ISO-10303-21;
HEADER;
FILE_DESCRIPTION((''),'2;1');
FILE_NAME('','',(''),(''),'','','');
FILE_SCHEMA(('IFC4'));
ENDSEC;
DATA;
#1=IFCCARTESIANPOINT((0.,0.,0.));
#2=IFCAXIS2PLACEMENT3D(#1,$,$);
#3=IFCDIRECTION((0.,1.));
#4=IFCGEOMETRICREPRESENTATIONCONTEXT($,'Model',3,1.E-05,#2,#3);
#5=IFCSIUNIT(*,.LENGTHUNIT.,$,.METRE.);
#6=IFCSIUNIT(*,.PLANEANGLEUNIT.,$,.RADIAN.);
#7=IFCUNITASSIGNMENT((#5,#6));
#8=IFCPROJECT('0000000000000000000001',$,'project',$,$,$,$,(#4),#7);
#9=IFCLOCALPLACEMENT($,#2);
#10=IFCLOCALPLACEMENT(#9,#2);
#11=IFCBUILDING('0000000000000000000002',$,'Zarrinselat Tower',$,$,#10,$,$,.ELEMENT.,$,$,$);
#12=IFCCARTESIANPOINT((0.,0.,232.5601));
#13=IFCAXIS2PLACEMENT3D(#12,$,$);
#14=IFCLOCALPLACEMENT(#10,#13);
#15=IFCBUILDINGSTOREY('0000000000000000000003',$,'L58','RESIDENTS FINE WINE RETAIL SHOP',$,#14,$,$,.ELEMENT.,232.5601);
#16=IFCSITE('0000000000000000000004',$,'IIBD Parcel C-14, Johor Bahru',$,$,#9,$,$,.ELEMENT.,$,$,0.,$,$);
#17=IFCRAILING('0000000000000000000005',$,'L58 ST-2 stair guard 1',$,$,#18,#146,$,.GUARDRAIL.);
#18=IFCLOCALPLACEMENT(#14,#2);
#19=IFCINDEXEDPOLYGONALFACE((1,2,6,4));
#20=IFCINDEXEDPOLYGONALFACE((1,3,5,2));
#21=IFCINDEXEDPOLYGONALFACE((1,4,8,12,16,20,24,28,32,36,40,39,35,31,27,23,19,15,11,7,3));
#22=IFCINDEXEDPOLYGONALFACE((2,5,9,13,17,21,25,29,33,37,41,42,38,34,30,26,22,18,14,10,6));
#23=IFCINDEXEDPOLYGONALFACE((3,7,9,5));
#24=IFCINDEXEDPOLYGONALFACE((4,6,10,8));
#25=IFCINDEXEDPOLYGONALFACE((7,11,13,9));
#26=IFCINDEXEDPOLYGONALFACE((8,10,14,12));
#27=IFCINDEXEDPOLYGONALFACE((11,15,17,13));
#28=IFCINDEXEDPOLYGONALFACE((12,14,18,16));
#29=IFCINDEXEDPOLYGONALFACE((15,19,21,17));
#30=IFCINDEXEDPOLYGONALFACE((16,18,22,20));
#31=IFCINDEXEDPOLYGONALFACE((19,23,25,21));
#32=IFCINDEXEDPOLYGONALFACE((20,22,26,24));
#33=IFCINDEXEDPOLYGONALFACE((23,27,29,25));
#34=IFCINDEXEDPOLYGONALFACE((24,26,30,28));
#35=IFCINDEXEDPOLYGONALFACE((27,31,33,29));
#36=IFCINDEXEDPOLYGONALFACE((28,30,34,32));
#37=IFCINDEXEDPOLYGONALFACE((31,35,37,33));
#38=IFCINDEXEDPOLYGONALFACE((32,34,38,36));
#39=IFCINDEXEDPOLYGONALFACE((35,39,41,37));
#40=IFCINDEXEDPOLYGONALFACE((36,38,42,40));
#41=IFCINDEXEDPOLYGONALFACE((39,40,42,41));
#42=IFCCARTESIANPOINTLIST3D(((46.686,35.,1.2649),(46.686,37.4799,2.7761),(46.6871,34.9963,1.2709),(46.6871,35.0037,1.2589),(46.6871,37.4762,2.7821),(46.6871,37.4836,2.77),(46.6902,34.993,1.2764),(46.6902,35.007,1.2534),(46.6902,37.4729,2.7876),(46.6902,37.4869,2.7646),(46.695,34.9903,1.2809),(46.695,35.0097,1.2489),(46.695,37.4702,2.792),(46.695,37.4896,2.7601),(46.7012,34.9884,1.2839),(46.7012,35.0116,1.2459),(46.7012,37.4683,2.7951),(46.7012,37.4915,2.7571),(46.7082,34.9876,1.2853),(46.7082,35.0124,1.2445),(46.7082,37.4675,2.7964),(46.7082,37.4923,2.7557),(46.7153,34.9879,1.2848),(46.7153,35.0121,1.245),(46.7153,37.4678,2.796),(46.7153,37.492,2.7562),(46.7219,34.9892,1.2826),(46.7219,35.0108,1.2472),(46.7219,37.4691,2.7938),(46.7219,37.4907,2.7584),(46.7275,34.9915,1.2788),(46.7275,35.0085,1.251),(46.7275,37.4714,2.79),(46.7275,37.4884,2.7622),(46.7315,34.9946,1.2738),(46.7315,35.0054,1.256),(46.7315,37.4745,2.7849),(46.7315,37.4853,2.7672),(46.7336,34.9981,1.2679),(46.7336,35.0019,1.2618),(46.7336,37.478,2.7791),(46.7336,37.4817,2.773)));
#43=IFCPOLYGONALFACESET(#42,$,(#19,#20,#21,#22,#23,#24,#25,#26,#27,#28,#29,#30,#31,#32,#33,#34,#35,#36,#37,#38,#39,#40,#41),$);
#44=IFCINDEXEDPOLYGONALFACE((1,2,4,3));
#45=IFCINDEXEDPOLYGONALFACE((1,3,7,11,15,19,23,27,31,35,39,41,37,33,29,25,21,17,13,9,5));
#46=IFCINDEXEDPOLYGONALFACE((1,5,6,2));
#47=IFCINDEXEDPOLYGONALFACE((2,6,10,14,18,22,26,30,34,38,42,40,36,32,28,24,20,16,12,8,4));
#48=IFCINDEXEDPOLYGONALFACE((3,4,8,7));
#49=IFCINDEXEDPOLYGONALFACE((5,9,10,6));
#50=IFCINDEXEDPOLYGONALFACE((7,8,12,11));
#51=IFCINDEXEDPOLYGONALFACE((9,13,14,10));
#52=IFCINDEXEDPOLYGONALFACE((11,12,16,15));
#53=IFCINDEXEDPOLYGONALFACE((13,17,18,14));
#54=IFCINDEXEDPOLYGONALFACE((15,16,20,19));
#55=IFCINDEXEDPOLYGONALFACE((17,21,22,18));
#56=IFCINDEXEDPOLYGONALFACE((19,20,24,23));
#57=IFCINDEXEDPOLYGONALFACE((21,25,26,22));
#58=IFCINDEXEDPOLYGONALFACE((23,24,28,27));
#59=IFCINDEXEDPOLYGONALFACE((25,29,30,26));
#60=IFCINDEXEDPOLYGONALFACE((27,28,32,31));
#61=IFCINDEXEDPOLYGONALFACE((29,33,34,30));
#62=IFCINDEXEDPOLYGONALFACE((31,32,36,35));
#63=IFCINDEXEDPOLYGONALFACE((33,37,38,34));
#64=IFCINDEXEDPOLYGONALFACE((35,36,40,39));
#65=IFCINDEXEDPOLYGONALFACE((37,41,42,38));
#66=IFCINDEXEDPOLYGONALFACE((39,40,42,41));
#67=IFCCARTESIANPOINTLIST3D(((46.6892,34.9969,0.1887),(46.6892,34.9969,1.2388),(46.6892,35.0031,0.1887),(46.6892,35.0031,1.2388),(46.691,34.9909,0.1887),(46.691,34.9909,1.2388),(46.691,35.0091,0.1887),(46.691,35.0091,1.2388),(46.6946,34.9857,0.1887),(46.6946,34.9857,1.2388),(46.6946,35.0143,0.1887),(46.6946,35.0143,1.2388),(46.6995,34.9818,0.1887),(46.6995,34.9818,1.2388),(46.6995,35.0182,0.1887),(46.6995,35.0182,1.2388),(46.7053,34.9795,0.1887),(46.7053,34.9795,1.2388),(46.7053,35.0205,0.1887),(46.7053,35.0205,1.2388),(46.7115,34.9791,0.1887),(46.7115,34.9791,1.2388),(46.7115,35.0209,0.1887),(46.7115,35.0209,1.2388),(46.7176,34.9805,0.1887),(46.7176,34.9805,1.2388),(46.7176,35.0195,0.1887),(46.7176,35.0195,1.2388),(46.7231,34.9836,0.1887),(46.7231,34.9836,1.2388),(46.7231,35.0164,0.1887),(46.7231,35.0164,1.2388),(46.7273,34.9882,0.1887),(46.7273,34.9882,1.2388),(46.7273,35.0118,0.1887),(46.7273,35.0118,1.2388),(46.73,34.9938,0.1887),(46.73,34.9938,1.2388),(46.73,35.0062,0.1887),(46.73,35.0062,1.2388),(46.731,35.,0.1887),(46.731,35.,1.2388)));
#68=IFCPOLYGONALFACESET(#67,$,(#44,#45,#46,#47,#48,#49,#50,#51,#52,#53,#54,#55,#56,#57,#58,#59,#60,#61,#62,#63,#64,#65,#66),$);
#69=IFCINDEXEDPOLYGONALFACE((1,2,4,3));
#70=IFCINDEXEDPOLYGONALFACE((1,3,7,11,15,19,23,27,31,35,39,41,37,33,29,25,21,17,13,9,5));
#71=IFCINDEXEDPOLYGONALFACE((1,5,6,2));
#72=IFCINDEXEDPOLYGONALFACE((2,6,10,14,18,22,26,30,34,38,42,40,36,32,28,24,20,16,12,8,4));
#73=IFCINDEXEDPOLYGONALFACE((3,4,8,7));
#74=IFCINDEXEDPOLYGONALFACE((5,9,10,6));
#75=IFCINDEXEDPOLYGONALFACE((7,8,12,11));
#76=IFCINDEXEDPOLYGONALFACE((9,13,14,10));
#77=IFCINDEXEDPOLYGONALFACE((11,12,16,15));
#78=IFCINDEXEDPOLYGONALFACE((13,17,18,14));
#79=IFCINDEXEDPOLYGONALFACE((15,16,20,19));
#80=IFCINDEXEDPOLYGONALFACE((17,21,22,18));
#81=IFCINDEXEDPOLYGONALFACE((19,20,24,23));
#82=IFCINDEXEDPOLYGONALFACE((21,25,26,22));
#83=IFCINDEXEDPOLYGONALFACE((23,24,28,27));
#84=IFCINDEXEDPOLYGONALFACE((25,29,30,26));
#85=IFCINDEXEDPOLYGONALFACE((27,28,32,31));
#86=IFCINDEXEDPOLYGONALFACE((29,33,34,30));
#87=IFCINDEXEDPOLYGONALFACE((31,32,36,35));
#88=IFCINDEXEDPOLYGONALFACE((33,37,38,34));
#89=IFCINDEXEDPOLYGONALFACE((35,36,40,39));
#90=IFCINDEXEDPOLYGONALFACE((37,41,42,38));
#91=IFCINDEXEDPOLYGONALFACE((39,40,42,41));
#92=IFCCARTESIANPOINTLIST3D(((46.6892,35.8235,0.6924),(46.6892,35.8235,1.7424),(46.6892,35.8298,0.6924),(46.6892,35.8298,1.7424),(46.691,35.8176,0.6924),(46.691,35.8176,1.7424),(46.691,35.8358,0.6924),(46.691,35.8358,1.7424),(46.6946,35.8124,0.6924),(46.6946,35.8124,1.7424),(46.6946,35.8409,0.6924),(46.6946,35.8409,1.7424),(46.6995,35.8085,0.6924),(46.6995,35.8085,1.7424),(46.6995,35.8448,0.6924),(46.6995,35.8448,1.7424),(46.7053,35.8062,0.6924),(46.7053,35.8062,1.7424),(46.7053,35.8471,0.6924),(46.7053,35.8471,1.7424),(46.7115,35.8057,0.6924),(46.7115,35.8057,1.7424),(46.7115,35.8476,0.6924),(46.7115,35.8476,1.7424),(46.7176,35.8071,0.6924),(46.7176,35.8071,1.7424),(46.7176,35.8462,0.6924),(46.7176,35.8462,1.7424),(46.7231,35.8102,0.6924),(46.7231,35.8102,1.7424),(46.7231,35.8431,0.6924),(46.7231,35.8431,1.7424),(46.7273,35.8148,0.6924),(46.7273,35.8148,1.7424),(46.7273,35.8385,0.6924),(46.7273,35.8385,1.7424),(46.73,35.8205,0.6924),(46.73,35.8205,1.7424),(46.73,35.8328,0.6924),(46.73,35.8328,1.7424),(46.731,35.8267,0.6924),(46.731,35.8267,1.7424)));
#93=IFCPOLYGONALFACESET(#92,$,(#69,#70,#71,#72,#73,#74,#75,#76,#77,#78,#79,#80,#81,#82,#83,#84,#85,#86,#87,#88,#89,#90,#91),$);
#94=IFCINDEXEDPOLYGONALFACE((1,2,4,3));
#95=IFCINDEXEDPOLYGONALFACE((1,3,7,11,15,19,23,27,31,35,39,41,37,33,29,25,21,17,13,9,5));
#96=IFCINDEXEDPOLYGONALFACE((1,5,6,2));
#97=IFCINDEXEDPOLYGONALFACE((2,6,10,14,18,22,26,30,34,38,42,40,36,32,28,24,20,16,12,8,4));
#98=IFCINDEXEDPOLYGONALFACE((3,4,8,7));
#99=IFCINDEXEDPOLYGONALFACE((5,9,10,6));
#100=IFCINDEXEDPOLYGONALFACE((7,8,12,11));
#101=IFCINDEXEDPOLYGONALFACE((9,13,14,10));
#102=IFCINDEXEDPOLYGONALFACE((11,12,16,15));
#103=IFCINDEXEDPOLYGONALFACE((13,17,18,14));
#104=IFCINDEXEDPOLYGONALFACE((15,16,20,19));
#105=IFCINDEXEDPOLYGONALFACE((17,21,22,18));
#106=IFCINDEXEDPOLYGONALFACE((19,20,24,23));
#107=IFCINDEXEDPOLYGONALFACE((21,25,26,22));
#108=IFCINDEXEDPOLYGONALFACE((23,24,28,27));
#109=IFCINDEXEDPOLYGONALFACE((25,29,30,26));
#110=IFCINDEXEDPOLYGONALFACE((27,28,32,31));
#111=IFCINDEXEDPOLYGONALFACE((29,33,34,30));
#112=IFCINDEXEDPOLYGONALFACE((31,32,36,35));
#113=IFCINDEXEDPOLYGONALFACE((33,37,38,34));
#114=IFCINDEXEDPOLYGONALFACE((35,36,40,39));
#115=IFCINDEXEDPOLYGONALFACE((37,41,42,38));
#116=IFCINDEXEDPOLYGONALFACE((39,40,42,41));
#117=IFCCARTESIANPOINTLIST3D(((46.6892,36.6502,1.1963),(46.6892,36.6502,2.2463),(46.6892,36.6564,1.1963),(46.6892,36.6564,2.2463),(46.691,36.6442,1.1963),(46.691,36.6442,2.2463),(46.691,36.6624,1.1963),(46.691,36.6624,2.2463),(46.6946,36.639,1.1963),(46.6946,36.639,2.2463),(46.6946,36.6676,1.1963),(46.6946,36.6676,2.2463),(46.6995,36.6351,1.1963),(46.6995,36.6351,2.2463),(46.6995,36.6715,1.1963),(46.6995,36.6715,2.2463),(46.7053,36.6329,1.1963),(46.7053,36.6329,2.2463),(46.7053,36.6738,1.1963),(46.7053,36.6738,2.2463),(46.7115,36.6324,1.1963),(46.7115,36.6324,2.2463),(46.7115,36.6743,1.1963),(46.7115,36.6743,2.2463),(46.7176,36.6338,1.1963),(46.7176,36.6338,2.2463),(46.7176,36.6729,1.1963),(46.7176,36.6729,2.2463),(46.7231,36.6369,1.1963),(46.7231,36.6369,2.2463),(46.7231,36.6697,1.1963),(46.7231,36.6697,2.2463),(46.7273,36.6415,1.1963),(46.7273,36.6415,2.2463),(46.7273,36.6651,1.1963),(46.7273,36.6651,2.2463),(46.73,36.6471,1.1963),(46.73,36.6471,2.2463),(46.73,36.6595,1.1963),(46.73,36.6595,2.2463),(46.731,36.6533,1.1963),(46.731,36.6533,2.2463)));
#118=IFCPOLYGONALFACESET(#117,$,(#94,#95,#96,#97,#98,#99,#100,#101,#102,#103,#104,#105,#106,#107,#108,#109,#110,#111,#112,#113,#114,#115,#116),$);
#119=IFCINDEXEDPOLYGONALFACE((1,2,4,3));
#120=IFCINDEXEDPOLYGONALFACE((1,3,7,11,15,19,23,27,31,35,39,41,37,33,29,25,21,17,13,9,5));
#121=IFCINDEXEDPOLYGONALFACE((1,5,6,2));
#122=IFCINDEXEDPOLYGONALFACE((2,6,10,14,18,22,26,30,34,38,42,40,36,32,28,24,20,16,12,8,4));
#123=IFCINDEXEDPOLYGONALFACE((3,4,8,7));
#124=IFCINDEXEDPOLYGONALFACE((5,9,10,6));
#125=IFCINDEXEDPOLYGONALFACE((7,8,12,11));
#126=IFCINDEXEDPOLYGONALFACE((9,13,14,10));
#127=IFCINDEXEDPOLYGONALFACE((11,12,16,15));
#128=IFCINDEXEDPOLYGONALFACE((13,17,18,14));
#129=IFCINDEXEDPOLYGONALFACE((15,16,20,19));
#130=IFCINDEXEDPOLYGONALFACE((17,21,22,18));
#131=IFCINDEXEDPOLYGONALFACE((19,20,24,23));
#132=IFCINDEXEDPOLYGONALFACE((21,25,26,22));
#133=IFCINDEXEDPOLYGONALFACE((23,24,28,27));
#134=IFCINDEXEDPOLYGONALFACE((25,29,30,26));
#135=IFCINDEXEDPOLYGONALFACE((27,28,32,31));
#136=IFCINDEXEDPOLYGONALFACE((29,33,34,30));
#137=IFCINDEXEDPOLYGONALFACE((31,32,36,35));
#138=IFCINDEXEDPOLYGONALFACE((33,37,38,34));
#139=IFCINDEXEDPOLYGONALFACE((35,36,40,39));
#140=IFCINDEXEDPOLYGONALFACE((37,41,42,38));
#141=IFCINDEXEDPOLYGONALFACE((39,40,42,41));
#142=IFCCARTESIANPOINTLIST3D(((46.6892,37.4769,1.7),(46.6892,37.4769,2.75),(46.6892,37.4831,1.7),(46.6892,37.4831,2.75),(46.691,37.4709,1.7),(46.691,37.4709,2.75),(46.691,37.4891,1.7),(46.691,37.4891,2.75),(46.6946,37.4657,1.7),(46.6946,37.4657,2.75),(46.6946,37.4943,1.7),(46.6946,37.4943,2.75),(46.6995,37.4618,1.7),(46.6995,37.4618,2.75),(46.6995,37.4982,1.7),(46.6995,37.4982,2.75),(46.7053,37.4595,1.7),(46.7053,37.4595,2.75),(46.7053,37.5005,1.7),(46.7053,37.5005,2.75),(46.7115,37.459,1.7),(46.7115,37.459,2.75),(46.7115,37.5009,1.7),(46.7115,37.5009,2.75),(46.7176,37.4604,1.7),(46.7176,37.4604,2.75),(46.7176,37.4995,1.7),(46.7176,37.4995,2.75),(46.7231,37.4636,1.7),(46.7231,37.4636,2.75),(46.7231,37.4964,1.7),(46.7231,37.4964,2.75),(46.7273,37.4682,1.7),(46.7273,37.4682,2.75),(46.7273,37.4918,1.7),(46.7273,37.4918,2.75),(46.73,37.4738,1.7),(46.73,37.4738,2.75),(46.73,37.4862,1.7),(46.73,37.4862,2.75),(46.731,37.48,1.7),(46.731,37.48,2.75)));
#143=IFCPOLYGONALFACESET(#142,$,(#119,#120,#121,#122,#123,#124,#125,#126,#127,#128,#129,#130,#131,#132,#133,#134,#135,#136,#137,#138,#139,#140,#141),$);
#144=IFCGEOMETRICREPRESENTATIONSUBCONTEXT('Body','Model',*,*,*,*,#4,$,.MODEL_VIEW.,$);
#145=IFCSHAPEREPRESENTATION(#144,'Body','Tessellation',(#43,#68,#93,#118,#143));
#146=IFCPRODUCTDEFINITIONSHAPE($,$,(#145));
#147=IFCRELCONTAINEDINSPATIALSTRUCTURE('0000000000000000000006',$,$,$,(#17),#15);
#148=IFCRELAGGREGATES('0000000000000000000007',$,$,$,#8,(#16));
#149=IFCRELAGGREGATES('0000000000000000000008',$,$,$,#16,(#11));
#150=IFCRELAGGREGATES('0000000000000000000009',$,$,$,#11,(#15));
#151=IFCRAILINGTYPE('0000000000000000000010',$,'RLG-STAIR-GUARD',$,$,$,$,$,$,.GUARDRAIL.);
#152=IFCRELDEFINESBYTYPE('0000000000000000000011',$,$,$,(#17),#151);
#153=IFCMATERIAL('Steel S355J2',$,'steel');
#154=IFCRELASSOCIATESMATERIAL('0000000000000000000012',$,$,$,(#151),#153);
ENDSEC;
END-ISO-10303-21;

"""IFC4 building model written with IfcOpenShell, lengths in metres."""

from ifc_helpers import new_model, si_unit, direction, frame, origin, origin_2d, place, context, subcontext, project, spatial, circle, extrude, material, type_object, element, save


model = new_model("IFC4")

# Units and contexts
model_context = context("Model", 3, precision=1e-05, world=origin(), true_north=direction((0.0, 1.0)))
body_context = subcontext(model_context, "Body", "Model", "MODEL_VIEW")
ifc_project = project(units=[si_unit("LENGTHUNIT", "METRE"), si_unit("PLANEANGLEUNIT", "RADIAN")], contexts=[model_context])

# Site, building, storey
site_placement = place(None, origin())
site = spatial("IfcSite", under=ifc_project, at=site_placement, Name="IIBD Parcel C-14, Johor Bahru", CompositionType="ELEMENT", RefElevation=0.0)
building_placement = place(site_placement, origin())
building = spatial("IfcBuilding", under=site, at=building_placement, Name="Zarrinselat Tower", CompositionType="ELEMENT")
storey_placement = place(building_placement, frame((0.0, 0.0, 232.5601)))
storey = spatial("IfcBuildingStorey", under=building, at=storey_placement, Name="L58", Description="RESIDENTS FINE WINE RETAIL SHOP", CompositionType="ELEMENT", Elevation=232.5601)

# Railing
ifc_material_1 = material(Name="Steel S355J2", Category="steel")
railing_type_1 = type_object("IfcRailingType", Name="RLG-STAIR-GUARD", PredefinedType="GUARDRAIL", material=ifc_material_1)
railing_1_placement = place(storey_placement, frame((46.71, 35.0, 0.1887)))
element("IfcRailing", 1, at=railing_1_placement, inside=storey, type_object=railing_type_1, Name="L58 ST-2 stair guard 1", PredefinedType="GUARDRAIL", context=body_context, shape_type="SweptSolid", body=[
    extrude(circle(Radius=0.0239, at=origin_2d()), frame((0.0, 0.0, 1.0762), z_axis=(0.0, 0.853942, 0.520368), x_axis=(-1.0, 0.0, 0.0)), (0.0, 0.0, 1.0), 2.9041),
    extrude(circle(Radius=0.021, at=origin_2d()), origin(), (0.0, 0.0, 1.0), 1.05),
    extrude(circle(Radius=0.021, at=origin_2d()), frame((0.0, 0.8267, 0.5037)), (0.0, 0.0, 1.0), 1.05),
    extrude(circle(Radius=0.021, at=origin_2d()), frame((0.0, 1.6533, 1.0076)), (0.0, 0.0, 1.0), 1.05),
    extrude(circle(Radius=0.021, at=origin_2d()), frame((0.0, 2.48, 1.5112)), (0.0, 0.0, 1.0), 1.05),
])

save(model, "model.ifc")
